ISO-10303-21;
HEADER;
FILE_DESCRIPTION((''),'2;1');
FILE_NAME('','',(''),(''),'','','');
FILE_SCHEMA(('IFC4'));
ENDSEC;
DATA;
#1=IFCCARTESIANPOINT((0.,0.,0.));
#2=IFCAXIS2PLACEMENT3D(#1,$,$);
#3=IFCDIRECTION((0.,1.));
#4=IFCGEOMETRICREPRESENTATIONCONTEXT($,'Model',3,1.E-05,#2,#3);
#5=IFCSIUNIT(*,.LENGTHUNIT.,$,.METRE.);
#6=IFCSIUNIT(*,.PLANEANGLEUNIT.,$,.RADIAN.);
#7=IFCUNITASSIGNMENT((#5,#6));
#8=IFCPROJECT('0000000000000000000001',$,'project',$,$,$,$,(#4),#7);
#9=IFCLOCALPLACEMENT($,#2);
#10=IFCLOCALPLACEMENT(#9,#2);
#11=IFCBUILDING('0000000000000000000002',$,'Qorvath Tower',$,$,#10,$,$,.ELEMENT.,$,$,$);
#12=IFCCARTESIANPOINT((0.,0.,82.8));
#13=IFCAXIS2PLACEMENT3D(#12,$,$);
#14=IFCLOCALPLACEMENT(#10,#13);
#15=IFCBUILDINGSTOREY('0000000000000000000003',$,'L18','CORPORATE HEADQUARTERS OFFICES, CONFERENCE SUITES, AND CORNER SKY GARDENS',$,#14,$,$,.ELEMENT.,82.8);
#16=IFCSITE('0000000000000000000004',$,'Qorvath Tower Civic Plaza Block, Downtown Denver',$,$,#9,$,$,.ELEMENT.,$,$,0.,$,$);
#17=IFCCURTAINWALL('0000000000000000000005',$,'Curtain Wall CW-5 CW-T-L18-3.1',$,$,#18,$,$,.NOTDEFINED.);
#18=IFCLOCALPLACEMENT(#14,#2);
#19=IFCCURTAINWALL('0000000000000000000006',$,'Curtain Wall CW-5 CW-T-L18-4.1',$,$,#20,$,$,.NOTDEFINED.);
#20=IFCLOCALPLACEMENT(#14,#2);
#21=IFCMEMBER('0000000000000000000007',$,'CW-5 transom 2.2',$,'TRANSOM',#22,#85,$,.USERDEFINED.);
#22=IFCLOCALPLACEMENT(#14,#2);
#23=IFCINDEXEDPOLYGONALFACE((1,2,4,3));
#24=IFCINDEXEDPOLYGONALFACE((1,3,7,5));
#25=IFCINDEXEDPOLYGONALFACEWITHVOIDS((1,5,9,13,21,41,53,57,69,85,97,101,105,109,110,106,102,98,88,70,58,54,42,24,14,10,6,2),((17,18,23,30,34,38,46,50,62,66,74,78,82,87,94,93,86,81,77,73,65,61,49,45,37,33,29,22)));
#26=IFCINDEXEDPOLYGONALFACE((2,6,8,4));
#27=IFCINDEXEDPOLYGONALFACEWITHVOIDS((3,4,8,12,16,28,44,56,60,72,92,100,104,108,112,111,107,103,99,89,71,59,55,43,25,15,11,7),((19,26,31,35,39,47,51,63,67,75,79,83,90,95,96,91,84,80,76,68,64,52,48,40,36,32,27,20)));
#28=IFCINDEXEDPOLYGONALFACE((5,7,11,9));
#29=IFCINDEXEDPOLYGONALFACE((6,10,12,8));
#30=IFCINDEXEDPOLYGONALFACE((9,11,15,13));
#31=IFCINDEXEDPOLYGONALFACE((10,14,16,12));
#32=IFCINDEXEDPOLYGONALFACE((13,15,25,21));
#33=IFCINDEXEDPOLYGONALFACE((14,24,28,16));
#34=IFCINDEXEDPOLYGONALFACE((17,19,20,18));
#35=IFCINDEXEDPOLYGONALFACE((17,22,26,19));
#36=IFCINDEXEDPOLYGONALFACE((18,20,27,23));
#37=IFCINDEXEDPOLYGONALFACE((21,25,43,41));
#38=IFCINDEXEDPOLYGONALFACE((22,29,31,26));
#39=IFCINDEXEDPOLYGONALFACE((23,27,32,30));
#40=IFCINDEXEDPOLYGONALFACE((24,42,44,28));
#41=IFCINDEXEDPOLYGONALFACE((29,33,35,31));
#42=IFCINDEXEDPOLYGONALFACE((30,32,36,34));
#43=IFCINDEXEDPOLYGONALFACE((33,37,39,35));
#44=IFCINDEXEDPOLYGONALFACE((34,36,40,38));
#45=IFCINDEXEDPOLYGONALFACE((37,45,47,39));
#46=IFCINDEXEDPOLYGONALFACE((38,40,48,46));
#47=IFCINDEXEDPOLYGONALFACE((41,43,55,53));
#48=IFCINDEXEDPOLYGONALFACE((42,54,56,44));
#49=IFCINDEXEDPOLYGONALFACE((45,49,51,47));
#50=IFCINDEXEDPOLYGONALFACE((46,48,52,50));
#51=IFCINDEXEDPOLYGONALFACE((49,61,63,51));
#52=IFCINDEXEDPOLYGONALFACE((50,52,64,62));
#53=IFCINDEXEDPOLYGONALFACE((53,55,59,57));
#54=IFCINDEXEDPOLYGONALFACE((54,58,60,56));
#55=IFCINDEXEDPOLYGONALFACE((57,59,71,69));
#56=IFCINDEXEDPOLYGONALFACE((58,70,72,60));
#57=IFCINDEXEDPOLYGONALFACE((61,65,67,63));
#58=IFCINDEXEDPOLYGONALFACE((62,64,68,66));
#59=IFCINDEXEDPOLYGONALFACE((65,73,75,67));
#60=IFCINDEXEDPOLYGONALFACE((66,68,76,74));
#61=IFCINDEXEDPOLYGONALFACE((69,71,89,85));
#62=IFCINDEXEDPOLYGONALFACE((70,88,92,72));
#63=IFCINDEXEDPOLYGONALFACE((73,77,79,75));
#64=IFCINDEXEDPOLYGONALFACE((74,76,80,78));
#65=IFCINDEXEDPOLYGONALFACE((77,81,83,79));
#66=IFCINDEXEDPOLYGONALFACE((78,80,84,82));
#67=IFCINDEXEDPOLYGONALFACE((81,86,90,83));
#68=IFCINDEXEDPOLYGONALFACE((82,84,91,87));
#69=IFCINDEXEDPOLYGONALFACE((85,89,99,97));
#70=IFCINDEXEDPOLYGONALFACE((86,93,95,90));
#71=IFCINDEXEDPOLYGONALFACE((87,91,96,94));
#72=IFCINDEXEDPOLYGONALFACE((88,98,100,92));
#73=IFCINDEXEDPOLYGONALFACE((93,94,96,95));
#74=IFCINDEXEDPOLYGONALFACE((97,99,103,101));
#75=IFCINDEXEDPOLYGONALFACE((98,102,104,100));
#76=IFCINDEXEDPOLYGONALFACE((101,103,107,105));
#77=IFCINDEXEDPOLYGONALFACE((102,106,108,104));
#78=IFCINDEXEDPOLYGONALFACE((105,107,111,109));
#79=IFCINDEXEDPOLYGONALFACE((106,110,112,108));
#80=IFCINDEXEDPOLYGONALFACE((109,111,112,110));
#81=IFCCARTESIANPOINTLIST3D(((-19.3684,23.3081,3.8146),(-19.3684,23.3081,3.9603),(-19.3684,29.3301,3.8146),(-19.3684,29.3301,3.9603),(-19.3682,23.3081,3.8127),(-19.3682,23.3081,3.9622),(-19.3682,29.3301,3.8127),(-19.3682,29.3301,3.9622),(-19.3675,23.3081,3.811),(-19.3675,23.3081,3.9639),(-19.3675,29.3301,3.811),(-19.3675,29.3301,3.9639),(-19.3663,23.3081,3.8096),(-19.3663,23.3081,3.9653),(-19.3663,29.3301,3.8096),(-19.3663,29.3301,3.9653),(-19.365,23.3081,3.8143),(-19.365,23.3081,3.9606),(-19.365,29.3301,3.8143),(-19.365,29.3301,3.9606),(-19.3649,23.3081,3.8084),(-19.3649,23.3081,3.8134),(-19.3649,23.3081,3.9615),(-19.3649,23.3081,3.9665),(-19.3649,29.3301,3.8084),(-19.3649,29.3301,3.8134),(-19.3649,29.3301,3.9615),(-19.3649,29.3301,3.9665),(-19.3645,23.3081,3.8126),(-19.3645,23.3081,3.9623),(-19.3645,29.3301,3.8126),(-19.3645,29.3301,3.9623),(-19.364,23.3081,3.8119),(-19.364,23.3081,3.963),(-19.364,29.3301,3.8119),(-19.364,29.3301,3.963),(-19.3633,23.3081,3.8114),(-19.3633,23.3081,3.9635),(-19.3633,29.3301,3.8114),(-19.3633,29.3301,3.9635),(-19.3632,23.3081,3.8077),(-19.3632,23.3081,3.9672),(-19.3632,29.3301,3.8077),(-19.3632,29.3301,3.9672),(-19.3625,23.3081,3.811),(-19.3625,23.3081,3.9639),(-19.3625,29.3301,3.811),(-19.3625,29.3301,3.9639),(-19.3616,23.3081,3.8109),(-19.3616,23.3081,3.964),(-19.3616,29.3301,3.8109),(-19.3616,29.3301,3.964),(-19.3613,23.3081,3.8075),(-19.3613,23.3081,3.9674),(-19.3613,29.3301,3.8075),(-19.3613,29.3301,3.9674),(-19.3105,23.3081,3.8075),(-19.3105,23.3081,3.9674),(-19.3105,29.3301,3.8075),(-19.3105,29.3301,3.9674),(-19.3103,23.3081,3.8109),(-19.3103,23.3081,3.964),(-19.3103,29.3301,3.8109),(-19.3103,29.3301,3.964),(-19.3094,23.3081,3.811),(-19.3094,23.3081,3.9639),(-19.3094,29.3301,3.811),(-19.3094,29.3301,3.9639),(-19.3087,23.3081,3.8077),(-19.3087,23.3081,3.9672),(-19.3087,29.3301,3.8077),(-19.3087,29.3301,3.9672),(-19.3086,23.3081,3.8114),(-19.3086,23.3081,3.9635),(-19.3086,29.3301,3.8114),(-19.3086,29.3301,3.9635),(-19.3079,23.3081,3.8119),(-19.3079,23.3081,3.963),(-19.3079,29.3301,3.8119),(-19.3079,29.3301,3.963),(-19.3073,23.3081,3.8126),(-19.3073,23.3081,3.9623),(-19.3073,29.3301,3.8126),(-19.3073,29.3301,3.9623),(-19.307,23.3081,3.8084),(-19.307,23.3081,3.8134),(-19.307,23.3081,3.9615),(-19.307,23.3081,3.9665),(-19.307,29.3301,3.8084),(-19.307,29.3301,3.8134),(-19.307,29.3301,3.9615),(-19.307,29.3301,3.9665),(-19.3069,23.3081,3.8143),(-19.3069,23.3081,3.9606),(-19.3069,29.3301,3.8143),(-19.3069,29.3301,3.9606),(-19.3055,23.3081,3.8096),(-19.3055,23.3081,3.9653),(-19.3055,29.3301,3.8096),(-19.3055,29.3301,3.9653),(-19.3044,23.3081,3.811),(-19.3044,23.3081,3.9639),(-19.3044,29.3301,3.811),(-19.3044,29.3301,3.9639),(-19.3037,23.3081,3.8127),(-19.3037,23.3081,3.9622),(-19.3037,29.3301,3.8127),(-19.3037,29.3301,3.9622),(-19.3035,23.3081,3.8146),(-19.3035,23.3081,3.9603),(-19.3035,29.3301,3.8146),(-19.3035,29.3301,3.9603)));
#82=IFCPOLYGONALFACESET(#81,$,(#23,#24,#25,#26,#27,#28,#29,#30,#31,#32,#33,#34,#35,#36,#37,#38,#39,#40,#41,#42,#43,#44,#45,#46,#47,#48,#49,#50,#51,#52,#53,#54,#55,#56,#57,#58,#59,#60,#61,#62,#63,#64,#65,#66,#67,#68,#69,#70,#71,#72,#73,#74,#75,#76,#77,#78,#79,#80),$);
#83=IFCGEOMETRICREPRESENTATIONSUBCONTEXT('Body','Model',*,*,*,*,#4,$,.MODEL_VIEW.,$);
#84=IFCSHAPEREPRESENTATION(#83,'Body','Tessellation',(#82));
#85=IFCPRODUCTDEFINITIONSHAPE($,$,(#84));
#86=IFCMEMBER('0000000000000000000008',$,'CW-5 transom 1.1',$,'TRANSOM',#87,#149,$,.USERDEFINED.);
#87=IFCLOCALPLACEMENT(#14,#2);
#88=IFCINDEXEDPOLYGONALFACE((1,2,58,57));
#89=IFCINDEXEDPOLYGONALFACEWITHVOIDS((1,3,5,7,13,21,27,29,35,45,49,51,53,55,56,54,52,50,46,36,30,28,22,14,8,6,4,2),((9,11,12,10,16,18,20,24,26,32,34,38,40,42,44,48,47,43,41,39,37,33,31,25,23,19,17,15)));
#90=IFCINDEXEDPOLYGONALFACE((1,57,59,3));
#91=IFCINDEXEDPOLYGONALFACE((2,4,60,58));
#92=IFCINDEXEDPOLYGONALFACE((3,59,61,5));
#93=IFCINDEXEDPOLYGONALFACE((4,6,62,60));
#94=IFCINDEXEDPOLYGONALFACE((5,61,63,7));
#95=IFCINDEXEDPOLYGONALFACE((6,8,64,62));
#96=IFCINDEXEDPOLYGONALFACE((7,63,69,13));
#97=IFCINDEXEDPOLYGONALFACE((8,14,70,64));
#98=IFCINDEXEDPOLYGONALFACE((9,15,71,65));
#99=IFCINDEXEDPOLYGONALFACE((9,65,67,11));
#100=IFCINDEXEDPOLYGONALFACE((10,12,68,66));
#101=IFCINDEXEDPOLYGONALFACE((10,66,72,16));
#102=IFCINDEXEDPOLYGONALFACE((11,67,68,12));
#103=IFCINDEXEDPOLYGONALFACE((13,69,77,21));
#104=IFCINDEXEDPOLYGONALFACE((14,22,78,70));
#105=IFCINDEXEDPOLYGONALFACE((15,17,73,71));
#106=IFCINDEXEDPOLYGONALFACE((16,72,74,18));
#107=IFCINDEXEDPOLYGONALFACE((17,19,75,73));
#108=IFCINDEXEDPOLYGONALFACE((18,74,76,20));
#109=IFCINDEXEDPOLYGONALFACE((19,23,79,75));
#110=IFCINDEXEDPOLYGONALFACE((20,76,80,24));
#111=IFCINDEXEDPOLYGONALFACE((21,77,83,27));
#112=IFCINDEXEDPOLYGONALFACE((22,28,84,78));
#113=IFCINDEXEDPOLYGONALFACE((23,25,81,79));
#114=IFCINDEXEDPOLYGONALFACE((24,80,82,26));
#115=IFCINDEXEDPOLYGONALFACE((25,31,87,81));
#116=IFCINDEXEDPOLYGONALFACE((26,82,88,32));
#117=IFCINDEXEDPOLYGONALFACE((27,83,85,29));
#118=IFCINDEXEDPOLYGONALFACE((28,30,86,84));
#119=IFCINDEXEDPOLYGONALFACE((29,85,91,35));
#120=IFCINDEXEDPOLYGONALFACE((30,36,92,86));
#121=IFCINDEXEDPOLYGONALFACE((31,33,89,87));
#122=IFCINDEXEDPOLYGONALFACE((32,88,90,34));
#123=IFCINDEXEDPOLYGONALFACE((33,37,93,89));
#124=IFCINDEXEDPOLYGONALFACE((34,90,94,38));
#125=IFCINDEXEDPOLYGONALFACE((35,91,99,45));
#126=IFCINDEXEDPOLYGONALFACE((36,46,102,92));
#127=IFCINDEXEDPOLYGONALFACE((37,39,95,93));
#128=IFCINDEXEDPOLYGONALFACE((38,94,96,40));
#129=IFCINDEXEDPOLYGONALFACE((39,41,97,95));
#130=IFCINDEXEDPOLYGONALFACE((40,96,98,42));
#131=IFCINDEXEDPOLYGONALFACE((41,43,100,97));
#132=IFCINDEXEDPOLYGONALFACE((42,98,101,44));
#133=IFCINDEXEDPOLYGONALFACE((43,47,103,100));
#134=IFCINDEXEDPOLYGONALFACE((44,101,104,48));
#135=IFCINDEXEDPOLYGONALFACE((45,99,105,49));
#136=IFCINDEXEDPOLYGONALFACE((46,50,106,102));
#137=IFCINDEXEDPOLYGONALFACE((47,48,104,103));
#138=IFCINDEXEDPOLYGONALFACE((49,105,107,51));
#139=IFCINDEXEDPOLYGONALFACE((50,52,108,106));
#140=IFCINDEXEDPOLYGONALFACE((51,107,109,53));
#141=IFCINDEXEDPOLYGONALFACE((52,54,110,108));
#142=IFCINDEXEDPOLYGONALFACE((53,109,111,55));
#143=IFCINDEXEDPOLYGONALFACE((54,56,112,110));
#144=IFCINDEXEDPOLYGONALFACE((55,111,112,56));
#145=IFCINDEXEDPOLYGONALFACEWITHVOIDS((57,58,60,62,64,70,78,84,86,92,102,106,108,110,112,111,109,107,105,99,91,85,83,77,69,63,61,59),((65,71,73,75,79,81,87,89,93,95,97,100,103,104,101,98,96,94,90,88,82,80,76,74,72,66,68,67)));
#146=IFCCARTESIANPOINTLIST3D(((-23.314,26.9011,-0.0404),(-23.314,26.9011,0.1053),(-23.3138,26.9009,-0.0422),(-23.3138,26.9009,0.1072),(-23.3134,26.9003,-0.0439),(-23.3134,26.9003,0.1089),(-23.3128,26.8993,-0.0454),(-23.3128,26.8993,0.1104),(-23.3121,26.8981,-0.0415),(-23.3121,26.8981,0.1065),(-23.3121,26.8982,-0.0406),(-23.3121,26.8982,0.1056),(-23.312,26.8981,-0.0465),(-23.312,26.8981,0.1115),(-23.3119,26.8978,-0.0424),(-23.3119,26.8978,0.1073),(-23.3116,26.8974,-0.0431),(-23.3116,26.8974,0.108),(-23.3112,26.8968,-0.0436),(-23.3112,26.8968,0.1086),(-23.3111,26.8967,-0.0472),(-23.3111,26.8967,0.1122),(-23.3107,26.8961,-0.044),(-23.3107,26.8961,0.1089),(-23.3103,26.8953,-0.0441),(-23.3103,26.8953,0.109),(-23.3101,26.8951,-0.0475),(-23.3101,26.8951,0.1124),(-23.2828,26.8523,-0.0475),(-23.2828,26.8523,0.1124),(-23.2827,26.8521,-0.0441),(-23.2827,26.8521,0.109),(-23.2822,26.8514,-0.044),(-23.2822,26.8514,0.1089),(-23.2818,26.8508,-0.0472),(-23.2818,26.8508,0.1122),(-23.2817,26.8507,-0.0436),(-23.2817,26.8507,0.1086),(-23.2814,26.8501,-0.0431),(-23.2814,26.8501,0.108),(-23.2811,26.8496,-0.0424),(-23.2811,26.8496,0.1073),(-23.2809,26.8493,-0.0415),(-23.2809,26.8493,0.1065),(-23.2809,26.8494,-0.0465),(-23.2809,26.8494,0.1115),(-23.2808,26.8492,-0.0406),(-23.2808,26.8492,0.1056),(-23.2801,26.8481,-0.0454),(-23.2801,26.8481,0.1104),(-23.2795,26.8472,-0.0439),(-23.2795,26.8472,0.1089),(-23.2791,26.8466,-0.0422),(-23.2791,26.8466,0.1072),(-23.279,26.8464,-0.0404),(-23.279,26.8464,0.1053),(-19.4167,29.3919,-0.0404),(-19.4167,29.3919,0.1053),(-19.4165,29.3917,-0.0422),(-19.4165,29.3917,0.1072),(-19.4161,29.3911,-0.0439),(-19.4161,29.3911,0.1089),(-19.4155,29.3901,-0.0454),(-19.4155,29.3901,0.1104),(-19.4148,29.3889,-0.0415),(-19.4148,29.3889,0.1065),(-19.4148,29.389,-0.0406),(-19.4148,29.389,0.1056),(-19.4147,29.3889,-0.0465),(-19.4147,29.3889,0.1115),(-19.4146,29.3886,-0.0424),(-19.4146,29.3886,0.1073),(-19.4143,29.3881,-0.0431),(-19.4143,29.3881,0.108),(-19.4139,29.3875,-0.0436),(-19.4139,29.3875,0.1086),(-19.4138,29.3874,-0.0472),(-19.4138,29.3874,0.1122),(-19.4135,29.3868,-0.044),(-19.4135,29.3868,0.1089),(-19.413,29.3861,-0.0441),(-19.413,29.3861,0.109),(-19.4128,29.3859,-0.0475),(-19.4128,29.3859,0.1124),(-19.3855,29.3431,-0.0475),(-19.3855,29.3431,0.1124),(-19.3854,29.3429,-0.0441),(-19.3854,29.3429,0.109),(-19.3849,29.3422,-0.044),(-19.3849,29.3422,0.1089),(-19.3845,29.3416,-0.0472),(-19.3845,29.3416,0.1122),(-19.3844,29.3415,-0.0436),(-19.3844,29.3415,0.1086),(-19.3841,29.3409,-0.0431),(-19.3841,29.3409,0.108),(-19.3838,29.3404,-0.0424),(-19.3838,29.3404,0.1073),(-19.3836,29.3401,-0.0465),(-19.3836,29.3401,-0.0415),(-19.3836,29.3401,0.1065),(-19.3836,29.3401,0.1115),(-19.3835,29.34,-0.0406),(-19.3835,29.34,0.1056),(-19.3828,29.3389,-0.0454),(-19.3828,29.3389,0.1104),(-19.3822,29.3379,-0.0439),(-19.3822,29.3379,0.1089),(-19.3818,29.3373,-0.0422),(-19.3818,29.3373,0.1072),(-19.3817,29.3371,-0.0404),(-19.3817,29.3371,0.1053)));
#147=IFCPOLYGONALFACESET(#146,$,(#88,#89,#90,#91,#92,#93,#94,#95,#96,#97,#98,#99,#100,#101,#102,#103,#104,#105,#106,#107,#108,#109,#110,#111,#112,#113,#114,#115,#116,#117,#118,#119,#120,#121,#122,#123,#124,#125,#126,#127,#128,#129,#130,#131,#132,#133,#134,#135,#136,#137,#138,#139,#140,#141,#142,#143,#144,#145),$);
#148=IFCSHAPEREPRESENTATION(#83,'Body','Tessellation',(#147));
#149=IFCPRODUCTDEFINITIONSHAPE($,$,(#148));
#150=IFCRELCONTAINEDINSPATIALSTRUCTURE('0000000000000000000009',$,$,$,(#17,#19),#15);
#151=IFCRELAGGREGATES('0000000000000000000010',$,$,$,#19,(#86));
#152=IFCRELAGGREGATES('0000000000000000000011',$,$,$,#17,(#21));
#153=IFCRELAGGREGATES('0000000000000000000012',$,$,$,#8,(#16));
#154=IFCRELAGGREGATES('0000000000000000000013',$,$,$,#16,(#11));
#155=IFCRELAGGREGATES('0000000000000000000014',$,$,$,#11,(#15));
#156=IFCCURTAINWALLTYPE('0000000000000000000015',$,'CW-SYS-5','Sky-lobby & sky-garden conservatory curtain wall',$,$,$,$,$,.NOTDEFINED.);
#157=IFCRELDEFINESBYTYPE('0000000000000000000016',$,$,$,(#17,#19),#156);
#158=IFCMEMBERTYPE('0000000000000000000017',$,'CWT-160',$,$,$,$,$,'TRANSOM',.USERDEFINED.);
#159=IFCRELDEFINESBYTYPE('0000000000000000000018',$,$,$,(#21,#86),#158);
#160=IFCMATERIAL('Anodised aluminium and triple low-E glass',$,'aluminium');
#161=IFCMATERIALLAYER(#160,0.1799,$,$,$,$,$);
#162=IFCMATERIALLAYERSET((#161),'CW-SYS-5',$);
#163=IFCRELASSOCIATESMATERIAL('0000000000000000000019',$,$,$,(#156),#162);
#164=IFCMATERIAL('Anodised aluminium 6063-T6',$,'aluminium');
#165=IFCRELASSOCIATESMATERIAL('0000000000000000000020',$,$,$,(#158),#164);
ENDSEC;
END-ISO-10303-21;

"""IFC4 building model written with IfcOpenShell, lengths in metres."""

from ifc_helpers import new_model, si_unit, direction, frame, origin, origin_2d, place, context, subcontext, project, spatial, hollow_rectangle, extrude, material, layer, layer_set, material_profile, profile_set, type_object, element, aggregate, save


model = new_model("IFC4")

# Units and contexts
model_context = context("Model", 3, precision=1e-05, world=origin(), true_north=direction((0.0, 1.0)))
body_context = subcontext(model_context, "Body", "Model", "MODEL_VIEW")
ifc_project = project(units=[si_unit("LENGTHUNIT", "METRE"), si_unit("PLANEANGLEUNIT", "RADIAN")], contexts=[model_context])

# Site, building, storey
site_placement = place(None, origin())
site = spatial("IfcSite", under=ifc_project, at=site_placement, Name="Qorvath Tower Civic Plaza Block, Downtown Denver", CompositionType="ELEMENT", RefElevation=0.0)
building_placement = place(site_placement, origin())
building = spatial("IfcBuilding", under=site, at=building_placement, Name="Qorvath Tower", CompositionType="ELEMENT")
storey_placement = place(building_placement, frame((0.0, 0.0, 82.8)))
storey = spatial("IfcBuildingStorey", under=building, at=storey_placement, Name="L18", Description="CORPORATE HEADQUARTERS OFFICES, CONFERENCE SUITES, AND CORNER SKY GARDENS", CompositionType="ELEMENT", Elevation=82.8)

# Shared definitions
ifc_material_1 = material(Name="Anodised aluminium and triple low-E glass", Category="aluminium")
ifc_layer_1 = layer(ifc_material_1, 0.1799)
ifc_layer_set_1 = layer_set([ifc_layer_1], Name="CW-SYS-5")
curtain_wall_type = type_object("IfcCurtainWallType", Name="CW-SYS-5", Description="Sky-lobby & sky-garden conservatory curtain wall", PredefinedType="NOTDEFINED", material=ifc_layer_set_1)

# Curtain wall
curtain_wall_1_placement = place(storey_placement, origin())
curtain_wall_1 = element("IfcCurtainWall", 1, at=curtain_wall_1_placement, inside=storey, type_object=curtain_wall_type, Name="Curtain Wall CW-5 CW-T-L18-3.1", PredefinedType="NOTDEFINED")

# Curtain wall
curtain_wall_2_placement = place(storey_placement, origin())
curtain_wall_2 = element("IfcCurtainWall", 2, at=curtain_wall_2_placement, inside=storey, type_object=curtain_wall_type, Name="Curtain Wall CW-5 CW-T-L18-4.1", PredefinedType="NOTDEFINED")

# Members
ifc_material_2 = material(Name="Anodised aluminium 6063-T6", Category="aluminium")
ifc_material_profile_1 = material_profile(ifc_material_2, hollow_rectangle(XDim=0.0649, YDim=0.1599, WallThickness=0.0034, InnerFilletRadius=0.0034, OuterFilletRadius=0.0071, at=origin_2d()), Name="CWT 160x65")
ifc_profile_set_1 = profile_set([ifc_material_profile_1], Name="Anodised aluminium 6063-T6")
member_type_1 = type_object("IfcMemberType", Name="CWT-160", ElementType="TRANSOM", PredefinedType="USERDEFINED", material=ifc_profile_set_1)
member_1_placement = place(storey_placement, frame((-19.3359, 23.3081, 3.8875), z_axis=(0.0, 1.0, 0.0), x_axis=(-1.0, 0.0, 0.0)))
member_1 = element("IfcMember", 3, at=member_1_placement, type_object=member_type_1, Name="CW-5 transom 2.2", ObjectType="TRANSOM", PredefinedType="USERDEFINED", context=body_context, shape_type="SweptSolid", body=[
    extrude(hollow_rectangle(XDim=0.0649, YDim=0.1599, WallThickness=0.0034, InnerFilletRadius=0.0034, OuterFilletRadius=0.0071, at=origin_2d()), origin(), (0.0, 0.0, 1.0), 6.022),
])
member_2_placement = place(storey_placement, frame((-19.3992, 29.3645, 0.0325), z_axis=(-0.842614, -0.538517, 0.0), x_axis=(0.538517, -0.842614, 0.0)))
member_2 = element("IfcMember", 4, at=member_2_placement, type_object=member_type_1, Name="CW-5 transom 1.1", ObjectType="TRANSOM", PredefinedType="USERDEFINED", context=body_context, shape_type="SweptSolid", body=[
    extrude(hollow_rectangle(XDim=0.0649, YDim=0.1599, WallThickness=0.0034, InnerFilletRadius=0.0034, OuterFilletRadius=0.0071, at=origin_2d()), origin(), (0.0, 0.0, 1.0), 4.6252),
])
aggregate(curtain_wall_2, [member_2])

aggregate(curtain_wall_1, [member_1])

save(model, "model.ifc")
